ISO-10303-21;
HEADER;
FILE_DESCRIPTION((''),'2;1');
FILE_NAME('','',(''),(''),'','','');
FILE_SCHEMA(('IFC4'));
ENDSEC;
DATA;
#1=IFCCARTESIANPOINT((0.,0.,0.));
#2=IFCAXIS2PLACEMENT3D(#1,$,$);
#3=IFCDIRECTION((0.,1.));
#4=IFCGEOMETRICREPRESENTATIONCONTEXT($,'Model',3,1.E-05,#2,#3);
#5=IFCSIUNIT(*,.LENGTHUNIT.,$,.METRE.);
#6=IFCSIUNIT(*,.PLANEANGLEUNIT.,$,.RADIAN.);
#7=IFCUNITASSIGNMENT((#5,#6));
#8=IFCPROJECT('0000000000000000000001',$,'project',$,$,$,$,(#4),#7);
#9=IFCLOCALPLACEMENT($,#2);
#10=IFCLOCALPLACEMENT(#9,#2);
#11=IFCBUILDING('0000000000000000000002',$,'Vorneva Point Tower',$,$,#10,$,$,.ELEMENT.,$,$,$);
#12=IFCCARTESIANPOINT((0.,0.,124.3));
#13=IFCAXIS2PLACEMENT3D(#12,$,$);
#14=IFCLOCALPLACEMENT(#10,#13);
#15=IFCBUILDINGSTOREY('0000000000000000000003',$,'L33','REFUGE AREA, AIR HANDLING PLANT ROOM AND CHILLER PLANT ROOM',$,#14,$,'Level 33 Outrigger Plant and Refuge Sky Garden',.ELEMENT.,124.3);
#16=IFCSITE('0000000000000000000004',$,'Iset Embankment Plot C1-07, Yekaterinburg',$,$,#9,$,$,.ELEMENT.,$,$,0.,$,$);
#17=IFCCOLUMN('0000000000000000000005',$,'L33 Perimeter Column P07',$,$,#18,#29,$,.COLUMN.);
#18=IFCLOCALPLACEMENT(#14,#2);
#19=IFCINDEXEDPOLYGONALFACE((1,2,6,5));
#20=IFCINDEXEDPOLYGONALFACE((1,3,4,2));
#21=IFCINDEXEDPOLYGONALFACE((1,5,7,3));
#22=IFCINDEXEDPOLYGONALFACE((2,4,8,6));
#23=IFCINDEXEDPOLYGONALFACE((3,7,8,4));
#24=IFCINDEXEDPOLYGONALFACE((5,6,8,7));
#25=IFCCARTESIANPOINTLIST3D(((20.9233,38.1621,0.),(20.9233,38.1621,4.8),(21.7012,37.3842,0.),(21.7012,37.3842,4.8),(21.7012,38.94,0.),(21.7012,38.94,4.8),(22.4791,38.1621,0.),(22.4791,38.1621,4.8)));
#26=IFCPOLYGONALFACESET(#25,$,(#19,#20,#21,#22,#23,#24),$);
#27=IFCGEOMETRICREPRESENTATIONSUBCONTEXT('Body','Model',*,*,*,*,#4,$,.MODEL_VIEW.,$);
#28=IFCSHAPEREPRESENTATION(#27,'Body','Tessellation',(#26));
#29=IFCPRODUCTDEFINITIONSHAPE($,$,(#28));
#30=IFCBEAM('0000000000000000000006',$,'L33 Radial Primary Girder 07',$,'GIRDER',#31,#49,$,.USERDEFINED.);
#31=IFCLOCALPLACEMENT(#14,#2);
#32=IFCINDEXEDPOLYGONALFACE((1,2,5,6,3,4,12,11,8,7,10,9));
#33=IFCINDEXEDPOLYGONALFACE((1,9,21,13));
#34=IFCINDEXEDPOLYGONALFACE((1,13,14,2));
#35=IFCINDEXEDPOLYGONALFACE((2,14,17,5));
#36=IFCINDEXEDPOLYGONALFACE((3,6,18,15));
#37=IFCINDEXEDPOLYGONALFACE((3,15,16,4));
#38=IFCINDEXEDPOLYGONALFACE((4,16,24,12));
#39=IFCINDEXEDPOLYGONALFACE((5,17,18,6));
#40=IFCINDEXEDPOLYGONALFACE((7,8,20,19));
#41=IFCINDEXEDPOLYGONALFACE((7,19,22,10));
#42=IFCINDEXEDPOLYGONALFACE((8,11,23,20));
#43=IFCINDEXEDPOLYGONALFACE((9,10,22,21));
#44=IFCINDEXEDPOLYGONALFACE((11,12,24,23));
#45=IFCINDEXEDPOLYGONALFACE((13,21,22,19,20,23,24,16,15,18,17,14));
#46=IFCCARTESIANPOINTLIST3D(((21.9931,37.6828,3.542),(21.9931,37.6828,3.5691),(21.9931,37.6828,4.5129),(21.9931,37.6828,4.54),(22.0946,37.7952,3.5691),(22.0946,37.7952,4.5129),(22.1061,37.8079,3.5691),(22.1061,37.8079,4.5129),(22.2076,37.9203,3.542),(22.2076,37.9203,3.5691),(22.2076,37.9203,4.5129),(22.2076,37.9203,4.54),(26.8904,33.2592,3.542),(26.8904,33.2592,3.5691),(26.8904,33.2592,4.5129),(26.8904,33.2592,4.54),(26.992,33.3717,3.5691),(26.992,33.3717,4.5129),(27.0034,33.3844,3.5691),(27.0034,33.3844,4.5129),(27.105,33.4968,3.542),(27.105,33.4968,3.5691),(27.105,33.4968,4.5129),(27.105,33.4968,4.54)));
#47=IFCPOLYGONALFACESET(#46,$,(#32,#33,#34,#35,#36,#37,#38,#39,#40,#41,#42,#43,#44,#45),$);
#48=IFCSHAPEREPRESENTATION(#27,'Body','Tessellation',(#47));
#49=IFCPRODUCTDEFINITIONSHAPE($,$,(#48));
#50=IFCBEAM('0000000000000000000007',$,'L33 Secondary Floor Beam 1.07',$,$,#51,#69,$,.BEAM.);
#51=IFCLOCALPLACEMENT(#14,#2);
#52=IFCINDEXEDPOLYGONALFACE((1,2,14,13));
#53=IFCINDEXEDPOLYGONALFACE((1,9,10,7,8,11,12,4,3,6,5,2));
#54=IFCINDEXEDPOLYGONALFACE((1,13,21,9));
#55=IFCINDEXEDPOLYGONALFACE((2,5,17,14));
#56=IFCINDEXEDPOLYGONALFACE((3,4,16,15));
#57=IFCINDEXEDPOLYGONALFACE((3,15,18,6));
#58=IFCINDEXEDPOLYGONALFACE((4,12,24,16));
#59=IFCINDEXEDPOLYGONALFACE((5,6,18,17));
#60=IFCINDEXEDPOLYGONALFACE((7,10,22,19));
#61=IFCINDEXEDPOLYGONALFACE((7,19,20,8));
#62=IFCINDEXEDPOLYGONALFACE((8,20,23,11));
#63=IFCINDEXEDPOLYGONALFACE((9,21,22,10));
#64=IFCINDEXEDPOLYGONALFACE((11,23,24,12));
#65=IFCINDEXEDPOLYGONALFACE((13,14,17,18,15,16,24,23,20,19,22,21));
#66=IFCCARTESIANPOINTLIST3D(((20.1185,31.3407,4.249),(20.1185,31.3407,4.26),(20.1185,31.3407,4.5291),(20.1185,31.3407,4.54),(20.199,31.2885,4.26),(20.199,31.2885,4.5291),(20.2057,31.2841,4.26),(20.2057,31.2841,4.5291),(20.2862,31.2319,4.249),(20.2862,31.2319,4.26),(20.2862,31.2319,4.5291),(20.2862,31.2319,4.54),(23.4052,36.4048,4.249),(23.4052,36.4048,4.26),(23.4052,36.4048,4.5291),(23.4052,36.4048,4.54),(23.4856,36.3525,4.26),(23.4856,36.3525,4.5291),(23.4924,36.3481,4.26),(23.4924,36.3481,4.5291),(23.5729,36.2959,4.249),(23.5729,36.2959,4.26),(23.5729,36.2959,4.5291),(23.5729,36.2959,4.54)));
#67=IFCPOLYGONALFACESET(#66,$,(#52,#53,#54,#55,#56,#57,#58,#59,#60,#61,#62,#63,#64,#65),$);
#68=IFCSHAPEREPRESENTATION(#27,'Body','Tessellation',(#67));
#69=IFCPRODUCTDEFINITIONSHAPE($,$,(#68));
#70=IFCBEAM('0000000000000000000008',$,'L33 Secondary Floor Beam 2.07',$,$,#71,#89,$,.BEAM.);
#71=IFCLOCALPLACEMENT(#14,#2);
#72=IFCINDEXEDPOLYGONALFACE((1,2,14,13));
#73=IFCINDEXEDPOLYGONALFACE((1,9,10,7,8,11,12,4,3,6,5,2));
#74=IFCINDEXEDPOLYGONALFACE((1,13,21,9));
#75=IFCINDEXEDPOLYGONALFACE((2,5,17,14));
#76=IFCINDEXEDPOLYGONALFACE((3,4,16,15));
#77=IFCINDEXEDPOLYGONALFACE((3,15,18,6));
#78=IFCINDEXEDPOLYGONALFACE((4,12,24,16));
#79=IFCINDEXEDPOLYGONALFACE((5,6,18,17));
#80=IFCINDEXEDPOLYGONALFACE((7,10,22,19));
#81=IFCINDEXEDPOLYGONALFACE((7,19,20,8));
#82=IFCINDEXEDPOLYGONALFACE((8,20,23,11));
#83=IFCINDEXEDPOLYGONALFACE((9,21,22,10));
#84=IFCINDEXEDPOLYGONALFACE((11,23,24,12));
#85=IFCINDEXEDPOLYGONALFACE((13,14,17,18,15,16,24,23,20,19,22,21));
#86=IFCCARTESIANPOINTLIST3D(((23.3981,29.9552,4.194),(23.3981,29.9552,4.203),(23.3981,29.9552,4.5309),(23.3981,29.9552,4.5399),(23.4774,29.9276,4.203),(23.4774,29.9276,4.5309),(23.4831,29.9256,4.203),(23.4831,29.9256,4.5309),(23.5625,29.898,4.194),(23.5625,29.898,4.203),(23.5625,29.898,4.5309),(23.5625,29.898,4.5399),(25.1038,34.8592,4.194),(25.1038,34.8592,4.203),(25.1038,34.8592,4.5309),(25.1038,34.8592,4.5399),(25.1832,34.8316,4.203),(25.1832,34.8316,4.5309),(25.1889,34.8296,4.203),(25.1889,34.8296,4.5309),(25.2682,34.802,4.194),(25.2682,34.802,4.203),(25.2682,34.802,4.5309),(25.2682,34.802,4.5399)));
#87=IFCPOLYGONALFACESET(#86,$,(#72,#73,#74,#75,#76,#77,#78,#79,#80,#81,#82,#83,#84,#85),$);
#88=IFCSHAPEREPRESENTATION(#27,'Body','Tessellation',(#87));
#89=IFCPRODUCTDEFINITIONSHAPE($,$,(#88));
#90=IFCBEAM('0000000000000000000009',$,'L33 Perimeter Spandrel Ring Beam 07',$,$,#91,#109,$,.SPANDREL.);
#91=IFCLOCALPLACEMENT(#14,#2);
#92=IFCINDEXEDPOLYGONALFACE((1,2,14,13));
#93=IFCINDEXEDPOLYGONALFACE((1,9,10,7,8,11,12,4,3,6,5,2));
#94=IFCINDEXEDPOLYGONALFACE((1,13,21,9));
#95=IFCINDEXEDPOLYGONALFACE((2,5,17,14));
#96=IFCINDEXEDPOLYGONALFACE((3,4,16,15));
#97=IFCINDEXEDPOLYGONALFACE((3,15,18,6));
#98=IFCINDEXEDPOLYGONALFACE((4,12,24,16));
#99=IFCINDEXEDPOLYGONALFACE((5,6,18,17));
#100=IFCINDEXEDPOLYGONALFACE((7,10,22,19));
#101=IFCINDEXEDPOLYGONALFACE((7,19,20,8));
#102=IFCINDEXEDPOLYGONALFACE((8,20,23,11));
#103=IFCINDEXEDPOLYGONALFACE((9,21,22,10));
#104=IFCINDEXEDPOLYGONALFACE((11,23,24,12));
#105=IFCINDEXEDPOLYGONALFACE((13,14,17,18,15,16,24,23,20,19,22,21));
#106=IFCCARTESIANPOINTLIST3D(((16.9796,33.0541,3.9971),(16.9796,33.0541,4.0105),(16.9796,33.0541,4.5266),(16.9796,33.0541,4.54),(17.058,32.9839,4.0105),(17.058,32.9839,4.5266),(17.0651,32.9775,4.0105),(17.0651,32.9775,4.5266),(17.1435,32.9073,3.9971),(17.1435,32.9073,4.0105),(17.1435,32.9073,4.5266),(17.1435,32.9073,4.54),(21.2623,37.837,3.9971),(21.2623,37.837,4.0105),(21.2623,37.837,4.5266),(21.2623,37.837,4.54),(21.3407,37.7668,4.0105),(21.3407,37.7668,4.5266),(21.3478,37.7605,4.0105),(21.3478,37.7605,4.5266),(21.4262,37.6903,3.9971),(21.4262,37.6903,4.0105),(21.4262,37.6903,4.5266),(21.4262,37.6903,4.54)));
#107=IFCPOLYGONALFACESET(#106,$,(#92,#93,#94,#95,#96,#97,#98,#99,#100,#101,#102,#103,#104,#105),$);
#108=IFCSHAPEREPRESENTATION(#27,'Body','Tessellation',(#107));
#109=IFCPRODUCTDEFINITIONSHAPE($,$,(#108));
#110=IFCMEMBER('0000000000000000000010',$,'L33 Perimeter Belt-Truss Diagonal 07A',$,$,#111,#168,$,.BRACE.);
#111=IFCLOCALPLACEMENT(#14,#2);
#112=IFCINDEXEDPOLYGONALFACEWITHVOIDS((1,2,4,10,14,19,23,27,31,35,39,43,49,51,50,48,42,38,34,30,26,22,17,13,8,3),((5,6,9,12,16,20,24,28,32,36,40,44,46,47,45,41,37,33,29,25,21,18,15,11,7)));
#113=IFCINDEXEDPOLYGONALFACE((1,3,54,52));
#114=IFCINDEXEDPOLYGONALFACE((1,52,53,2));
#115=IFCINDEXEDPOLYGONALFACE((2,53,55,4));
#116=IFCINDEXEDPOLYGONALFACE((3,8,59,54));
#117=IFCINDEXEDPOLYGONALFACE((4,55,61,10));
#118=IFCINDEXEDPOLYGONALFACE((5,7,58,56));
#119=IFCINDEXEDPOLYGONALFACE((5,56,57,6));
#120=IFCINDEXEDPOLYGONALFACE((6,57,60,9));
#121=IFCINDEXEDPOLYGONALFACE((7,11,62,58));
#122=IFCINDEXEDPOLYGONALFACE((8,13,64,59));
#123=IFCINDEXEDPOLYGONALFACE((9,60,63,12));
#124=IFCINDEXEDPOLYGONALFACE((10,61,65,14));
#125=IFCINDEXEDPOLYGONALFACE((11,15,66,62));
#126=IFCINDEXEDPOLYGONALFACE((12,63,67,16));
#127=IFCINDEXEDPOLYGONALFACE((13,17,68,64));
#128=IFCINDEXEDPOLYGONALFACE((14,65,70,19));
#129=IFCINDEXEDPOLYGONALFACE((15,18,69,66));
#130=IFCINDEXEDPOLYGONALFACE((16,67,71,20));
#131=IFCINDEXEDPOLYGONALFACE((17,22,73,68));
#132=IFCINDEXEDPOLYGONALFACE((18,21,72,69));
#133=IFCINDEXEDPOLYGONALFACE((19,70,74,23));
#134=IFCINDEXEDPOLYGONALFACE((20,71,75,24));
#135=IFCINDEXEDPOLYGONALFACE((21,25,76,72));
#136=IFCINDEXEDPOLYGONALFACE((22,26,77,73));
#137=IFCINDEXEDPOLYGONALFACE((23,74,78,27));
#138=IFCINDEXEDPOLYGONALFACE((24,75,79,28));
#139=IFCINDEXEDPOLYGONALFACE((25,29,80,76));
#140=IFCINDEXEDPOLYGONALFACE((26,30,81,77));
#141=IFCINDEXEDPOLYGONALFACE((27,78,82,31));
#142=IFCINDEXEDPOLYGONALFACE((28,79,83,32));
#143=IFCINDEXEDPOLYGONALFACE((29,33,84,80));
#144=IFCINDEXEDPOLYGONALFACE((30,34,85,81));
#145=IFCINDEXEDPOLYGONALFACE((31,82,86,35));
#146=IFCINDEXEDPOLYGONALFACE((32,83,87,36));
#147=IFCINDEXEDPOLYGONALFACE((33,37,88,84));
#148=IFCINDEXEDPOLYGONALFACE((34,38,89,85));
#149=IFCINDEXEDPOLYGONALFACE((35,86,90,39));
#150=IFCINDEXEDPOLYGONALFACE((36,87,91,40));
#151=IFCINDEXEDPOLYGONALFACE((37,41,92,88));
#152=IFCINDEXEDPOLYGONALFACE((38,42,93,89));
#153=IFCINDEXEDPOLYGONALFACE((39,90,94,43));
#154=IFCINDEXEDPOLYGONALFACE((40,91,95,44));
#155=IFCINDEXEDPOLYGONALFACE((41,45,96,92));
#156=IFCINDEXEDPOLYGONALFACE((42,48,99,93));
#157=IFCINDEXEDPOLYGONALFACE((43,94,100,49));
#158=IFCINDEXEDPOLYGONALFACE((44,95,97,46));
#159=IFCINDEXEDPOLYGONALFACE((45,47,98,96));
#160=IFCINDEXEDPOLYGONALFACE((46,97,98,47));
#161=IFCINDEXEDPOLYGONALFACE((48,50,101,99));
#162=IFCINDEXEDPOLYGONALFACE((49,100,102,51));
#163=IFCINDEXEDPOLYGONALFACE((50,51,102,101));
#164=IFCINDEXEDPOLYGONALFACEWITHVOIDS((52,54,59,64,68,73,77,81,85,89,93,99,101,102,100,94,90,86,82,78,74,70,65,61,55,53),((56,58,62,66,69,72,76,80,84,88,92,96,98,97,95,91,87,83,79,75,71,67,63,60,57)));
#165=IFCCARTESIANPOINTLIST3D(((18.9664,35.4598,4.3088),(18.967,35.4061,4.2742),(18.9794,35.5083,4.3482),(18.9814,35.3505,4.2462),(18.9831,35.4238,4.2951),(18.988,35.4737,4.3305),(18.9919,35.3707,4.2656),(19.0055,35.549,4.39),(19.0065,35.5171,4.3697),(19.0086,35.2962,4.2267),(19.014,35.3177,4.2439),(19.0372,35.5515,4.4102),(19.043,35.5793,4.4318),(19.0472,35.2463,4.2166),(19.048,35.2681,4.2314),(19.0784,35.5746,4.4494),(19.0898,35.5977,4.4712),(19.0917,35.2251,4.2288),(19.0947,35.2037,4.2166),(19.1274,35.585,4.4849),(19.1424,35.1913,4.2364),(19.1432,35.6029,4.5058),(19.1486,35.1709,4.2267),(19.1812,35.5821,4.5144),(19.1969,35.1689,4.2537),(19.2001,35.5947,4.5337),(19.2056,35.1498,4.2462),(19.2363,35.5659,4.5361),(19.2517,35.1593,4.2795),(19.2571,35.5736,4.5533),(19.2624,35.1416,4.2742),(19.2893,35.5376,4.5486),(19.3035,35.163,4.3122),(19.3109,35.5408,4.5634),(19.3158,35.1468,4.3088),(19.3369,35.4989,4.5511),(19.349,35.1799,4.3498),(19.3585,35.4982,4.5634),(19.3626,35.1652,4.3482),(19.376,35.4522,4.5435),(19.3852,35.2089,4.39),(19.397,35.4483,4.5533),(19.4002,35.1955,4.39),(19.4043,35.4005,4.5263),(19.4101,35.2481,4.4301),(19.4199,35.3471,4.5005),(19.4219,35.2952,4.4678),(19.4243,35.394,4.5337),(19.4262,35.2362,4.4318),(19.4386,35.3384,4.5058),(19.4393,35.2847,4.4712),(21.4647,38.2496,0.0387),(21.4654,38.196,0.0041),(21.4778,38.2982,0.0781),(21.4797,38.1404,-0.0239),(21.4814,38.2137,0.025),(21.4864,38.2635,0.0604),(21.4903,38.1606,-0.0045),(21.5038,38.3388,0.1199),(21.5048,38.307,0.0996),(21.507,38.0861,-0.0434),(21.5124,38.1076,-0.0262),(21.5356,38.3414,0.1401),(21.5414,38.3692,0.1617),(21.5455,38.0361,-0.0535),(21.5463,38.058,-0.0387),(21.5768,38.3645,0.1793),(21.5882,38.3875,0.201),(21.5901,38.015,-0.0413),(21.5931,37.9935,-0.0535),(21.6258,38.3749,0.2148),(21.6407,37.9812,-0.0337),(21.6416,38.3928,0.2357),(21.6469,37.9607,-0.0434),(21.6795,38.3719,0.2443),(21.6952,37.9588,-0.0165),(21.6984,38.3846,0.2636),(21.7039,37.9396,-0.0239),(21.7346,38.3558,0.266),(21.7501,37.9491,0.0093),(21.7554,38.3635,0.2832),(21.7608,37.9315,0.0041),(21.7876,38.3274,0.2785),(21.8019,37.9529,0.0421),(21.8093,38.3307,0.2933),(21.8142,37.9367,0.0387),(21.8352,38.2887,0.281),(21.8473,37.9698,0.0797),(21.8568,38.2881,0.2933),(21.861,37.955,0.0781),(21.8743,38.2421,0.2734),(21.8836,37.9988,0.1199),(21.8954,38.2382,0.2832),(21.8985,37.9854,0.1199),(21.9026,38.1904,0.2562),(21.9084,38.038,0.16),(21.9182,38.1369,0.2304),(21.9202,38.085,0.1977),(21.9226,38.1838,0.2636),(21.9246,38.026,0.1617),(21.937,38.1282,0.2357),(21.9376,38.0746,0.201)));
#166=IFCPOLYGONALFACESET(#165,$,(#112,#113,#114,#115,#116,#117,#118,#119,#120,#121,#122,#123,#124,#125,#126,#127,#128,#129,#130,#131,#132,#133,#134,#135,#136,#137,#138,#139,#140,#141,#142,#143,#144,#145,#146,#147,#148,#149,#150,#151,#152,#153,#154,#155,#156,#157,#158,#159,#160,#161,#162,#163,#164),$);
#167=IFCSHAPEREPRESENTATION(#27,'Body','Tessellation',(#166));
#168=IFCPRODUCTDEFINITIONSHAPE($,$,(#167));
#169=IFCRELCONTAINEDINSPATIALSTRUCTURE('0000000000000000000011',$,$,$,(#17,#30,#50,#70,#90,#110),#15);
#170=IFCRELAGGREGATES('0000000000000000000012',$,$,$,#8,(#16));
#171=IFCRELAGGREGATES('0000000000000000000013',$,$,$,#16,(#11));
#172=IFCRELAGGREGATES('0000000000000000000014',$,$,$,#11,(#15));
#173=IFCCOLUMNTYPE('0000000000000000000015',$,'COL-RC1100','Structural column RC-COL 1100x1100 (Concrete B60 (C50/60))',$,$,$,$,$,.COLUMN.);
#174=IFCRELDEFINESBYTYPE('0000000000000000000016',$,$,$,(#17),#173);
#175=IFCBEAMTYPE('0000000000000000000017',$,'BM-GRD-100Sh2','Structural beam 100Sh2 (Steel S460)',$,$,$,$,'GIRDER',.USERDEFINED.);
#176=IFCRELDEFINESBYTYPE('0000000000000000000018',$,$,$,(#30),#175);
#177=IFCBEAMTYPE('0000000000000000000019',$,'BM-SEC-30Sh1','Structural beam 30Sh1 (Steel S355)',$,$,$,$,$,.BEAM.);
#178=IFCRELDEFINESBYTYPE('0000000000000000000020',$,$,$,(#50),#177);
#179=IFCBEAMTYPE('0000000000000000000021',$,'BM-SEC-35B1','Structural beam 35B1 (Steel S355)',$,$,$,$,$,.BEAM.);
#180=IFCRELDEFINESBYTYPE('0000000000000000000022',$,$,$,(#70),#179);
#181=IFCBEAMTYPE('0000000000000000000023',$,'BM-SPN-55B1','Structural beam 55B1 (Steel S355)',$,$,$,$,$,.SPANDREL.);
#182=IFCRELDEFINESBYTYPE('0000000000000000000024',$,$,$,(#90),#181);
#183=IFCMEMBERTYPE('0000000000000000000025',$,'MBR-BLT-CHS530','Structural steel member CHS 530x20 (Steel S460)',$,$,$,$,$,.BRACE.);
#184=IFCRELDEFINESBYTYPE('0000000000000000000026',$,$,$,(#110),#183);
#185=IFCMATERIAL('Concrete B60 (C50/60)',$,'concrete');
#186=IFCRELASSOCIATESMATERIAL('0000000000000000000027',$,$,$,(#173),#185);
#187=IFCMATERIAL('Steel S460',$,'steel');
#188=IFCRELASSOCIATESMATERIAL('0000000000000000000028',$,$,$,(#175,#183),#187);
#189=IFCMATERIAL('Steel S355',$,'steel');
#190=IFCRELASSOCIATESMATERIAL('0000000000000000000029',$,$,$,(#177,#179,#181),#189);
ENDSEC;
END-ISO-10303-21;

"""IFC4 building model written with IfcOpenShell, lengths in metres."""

from ifc_helpers import new_model, si_unit, direction, frame, origin, origin_2d, place, context, subcontext, project, spatial, rectangle, hollow_circle, i_section, extrude, material, material_profile, profile_set, type_object, element, save


model = new_model("IFC4")

# Units and contexts
model_context = context("Model", 3, precision=1e-05, world=origin(), true_north=direction((0.0, 1.0)))
body_context = subcontext(model_context, "Body", "Model", "MODEL_VIEW")
ifc_project = project(units=[si_unit("LENGTHUNIT", "METRE"), si_unit("PLANEANGLEUNIT", "RADIAN")], contexts=[model_context])

# Site, building, storey
site_placement = place(None, origin())
site = spatial("IfcSite", under=ifc_project, at=site_placement, Name="Iset Embankment Plot C1-07, Yekaterinburg", CompositionType="ELEMENT", RefElevation=0.0)
building_placement = place(site_placement, origin())
building = spatial("IfcBuilding", under=site, at=building_placement, Name="Vorneva Point Tower", CompositionType="ELEMENT")
storey_placement = place(building_placement, frame((0.0, 0.0, 124.3)))
storey = spatial("IfcBuildingStorey", under=building, at=storey_placement, Name="L33", Description="REFUGE AREA, AIR HANDLING PLANT ROOM AND CHILLER PLANT ROOM", LongName="Level 33 Outrigger Plant and Refuge Sky Garden", CompositionType="ELEMENT", Elevation=124.3)

# Column
ifc_material_1 = material(Name="Concrete B60 (C50/60)", Category="concrete")
ifc_material_profile_1 = material_profile(ifc_material_1, rectangle(XDim=1.1001, YDim=1.1001, at=origin_2d()), Name="RC-COL 1100x1100")
ifc_profile_set_1 = profile_set([ifc_material_profile_1], Name="Concrete B60 (C50/60)")
column_type = type_object("IfcColumnType", Name="COL-RC1100", Description="Structural column RC-COL 1100x1100 (Concrete B60 (C50/60))", PredefinedType="COLUMN", material=ifc_profile_set_1)
column_placement = place(storey_placement, frame((21.7012, 38.1621, 0.0), z_axis=(0.0, 0.0, 1.0), x_axis=(-0.707107, 0.707107, 0.0)))
element("IfcColumn", 1, at=column_placement, inside=storey, type_object=column_type, Name="L33 Perimeter Column P07", PredefinedType="COLUMN", context=body_context, shape_type="SweptSolid", body=[
    extrude(rectangle(XDim=1.1001, YDim=1.1001, at=origin_2d()), origin(), (0.0, 0.0, 1.0), 4.8),
])

# Beams
ifc_material_2 = material(Name="Steel S460", Category="steel")
ifc_material_profile_2 = material_profile(ifc_material_2, i_section(OverallWidth=0.3201, OverallDepth=0.998, WebThickness=0.0171, FlangeThickness=0.0271, at=origin_2d()), Name="100Sh2")
ifc_profile_set_2 = profile_set([ifc_material_profile_2], Name="Steel S460")
beam_type_1 = type_object("IfcBeamType", Name="BM-GRD-100Sh2", Description="Structural beam 100Sh2 (Steel S460)", ElementType="GIRDER", PredefinedType="USERDEFINED", material=ifc_profile_set_2)
beam_1_placement = place(storey_placement, frame((22.1003, 37.8015, 4.041), z_axis=(0.742097, -0.670292, 0.0), x_axis=(0.670292, 0.742097, 0.0)))
element("IfcBeam", 2, at=beam_1_placement, inside=storey, type_object=beam_type_1, Name="L33 Radial Primary Girder 07", ObjectType="GIRDER", PredefinedType="USERDEFINED", context=body_context, shape_type="SweptSolid", body=[
    extrude(i_section(OverallWidth=0.3201, OverallDepth=0.998, WebThickness=0.0171, FlangeThickness=0.0271, at=origin_2d()), origin(), (0.0, 0.0, 1.0), 6.5994),
])
ifc_material_3 = material(Name="Steel S355", Category="steel")
ifc_material_profile_3 = material_profile(ifc_material_3, i_section(OverallWidth=0.2, OverallDepth=0.291, WebThickness=0.0081, FlangeThickness=0.011, at=origin_2d()), Name="30Sh1")
ifc_profile_set_3 = profile_set([ifc_material_profile_3], Name="Steel S355")
beam_type_2 = type_object("IfcBeamType", Name="BM-SEC-30Sh1", Description="Structural beam 30Sh1 (Steel S355)", PredefinedType="BEAM", material=ifc_profile_set_3)
beam_2_placement = place(storey_placement, frame((23.489, 36.3503, 4.3945), z_axis=(-0.544411, -0.838819, 0.0), x_axis=(0.838819, -0.544411, 0.0)))
element("IfcBeam", 3, at=beam_2_placement, inside=storey, type_object=beam_type_2, Name="L33 Secondary Floor Beam 1.07", PredefinedType="BEAM", context=body_context, shape_type="SweptSolid", body=[
    extrude(i_section(OverallWidth=0.2, OverallDepth=0.291, WebThickness=0.0081, FlangeThickness=0.011, at=origin_2d()), origin(), (0.0, 0.0, 1.0), 6.0371),
])
ifc_material_profile_4 = material_profile(ifc_material_3, i_section(OverallWidth=0.1741, OverallDepth=0.3459, WebThickness=0.0061, FlangeThickness=0.009, at=origin_2d()), Name="35B1")
ifc_profile_set_4 = profile_set([ifc_material_profile_4], Name="Steel S355")
beam_type_3 = type_object("IfcBeamType", Name="BM-SEC-35B1", Description="Structural beam 35B1 (Steel S355)", PredefinedType="BEAM", material=ifc_profile_set_4)
beam_3_placement = place(storey_placement, frame((25.186, 34.8306, 4.3669), z_axis=(-0.32853, -0.944494, 0.0), x_axis=(0.944494, -0.32853, 0.0)))
element("IfcBeam", 4, at=beam_3_placement, inside=storey, type_object=beam_type_3, Name="L33 Secondary Floor Beam 2.07", PredefinedType="BEAM", context=body_context, shape_type="SweptSolid", body=[
    extrude(i_section(OverallWidth=0.1741, OverallDepth=0.3459, WebThickness=0.0061, FlangeThickness=0.009, at=origin_2d()), origin(), (0.0, 0.0, 1.0), 5.1921),
])
ifc_material_profile_5 = material_profile(ifc_material_3, i_section(OverallWidth=0.22, OverallDepth=0.543, WebThickness=0.0095, FlangeThickness=0.0134, at=origin_2d()), Name="55B1")
ifc_profile_set_5 = profile_set([ifc_material_profile_5], Name="Steel S355")
beam_type_4 = type_object("IfcBeamType", Name="BM-SPN-55B1", Description="Structural beam 55B1 (Steel S355)", PredefinedType="SPANDREL", material=ifc_profile_set_5)
beam_4_placement = place(storey_placement, frame((21.3442, 37.7637, 4.2686), z_axis=(-0.667074, -0.744992, 0.0), x_axis=(0.744992, -0.667074, 0.0)))
element("IfcBeam", 5, at=beam_4_placement, inside=storey, type_object=beam_type_4, Name="L33 Perimeter Spandrel Ring Beam 07", PredefinedType="SPANDREL", context=body_context, shape_type="SweptSolid", body=[
    extrude(i_section(OverallWidth=0.22, OverallDepth=0.543, WebThickness=0.0095, FlangeThickness=0.0134, at=origin_2d()), origin(), (0.0, 0.0, 1.0), 6.4202),
])

# Member
ifc_material_profile_6 = material_profile(ifc_material_2, hollow_circle(Radius=0.2649, WallThickness=0.02, at=origin_2d()), Name="CHS 530x20")
ifc_profile_set_6 = profile_set([ifc_material_profile_6], Name="Steel S460")
member_type_1 = type_object("IfcMemberType", Name="MBR-BLT-CHS530", Description="Structural steel member CHS 530x20 (Steel S460)", PredefinedType="BRACE", material=ifc_profile_set_6)
member_1_placement = place(storey_placement, frame((21.7012, 38.1621, 0.1199), z_axis=(-0.439874, -0.491199, 0.751821), x_axis=(0.744955, -0.667115, 0.0)))
element("IfcMember", 6, at=member_1_placement, inside=storey, type_object=member_type_1, Name="L33 Perimeter Belt-Truss Diagonal 07A", PredefinedType="BRACE", context=body_context, shape_type="SweptSolid", body=[
    extrude(hollow_circle(Radius=0.2649, WallThickness=0.02, at=origin_2d()), origin(), (0.0, 0.0, 1.0), 5.6797),
])

save(model, "model.ifc")
